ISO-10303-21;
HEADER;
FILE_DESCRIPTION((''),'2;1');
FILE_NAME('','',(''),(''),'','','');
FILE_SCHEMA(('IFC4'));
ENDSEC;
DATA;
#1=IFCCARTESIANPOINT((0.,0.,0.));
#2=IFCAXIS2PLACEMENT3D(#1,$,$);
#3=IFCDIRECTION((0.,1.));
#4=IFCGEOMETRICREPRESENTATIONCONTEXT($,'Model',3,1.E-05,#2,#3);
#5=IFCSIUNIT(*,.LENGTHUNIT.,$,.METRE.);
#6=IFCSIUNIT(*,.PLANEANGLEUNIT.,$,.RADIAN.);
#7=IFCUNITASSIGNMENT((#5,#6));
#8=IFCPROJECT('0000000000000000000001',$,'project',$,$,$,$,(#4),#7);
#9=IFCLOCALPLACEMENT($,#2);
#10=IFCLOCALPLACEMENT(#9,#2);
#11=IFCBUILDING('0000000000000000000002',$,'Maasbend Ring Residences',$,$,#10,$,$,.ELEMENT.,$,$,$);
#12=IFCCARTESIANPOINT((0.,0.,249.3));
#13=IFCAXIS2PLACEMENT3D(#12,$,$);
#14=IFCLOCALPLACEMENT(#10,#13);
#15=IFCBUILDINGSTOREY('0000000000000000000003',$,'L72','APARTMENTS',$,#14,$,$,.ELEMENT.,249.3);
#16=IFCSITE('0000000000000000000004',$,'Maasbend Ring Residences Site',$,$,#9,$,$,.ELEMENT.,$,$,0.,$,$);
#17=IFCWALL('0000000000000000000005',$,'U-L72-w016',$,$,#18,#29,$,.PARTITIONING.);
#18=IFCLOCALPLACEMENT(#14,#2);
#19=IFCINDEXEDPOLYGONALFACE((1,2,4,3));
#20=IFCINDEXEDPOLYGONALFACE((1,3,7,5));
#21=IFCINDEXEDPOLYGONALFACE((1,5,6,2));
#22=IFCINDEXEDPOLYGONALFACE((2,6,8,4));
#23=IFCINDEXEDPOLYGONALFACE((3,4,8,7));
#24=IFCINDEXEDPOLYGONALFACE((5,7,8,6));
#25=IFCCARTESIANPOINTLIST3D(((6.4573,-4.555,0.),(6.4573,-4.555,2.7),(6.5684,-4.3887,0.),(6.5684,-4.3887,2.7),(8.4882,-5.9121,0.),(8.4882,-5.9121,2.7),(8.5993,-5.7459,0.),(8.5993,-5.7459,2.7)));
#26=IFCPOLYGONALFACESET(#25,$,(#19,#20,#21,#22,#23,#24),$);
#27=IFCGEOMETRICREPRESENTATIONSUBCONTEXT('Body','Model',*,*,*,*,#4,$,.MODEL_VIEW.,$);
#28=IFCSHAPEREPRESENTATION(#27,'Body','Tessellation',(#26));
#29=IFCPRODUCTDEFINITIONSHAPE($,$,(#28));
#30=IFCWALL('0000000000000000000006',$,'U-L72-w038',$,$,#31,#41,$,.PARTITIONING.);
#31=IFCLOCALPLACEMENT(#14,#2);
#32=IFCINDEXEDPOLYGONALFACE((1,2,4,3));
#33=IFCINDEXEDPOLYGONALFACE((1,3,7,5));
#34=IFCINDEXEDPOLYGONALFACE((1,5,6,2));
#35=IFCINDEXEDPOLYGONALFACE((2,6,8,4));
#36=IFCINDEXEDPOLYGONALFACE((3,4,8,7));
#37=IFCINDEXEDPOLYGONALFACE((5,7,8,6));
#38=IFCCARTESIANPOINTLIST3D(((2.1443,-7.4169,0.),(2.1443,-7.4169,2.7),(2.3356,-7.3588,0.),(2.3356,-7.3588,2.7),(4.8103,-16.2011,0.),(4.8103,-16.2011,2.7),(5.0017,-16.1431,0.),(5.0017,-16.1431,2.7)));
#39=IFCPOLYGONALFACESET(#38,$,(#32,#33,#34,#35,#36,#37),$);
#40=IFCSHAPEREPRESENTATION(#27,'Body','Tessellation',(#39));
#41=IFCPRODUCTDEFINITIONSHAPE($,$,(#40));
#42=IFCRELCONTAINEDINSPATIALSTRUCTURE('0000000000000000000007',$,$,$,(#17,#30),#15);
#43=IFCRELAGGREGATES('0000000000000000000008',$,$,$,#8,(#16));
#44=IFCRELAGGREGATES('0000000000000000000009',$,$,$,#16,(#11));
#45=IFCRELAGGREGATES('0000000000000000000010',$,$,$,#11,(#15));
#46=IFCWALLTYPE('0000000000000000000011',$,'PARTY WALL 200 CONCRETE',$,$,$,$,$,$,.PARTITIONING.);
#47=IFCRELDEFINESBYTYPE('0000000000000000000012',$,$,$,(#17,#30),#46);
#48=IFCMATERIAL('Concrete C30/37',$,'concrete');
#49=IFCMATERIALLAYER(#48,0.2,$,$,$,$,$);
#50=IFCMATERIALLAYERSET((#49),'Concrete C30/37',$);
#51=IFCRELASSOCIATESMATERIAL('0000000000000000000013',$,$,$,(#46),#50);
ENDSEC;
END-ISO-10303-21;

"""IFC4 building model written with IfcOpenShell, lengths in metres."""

from ifc_helpers import new_model, si_unit, direction, frame, frame_2d, origin, place, context, subcontext, project, spatial, rectangle, extrude, material, layer, layer_set, type_object, element, save


model = new_model("IFC4")

# Units and contexts
model_context = context("Model", 3, precision=1e-05, world=origin(), true_north=direction((0.0, 1.0)))
body_context = subcontext(model_context, "Body", "Model", "MODEL_VIEW")
ifc_project = project(units=[si_unit("LENGTHUNIT", "METRE"), si_unit("PLANEANGLEUNIT", "RADIAN")], contexts=[model_context])

# Site, building, storey
site_placement = place(None, origin())
site = spatial("IfcSite", under=ifc_project, at=site_placement, Name="Maasbend Ring Residences Site", CompositionType="ELEMENT", RefElevation=0.0)
building_placement = place(site_placement, origin())
building = spatial("IfcBuilding", under=site, at=building_placement, Name="Maasbend Ring Residences", CompositionType="ELEMENT")
storey_placement = place(building_placement, frame((0.0, 0.0, 249.3)))
storey = spatial("IfcBuildingStorey", under=building, at=storey_placement, Name="L72", Description="APARTMENTS", CompositionType="ELEMENT", Elevation=249.3)

# Walls
ifc_material_1 = material(Name="Concrete C30/37", Category="concrete")
ifc_layer_1 = layer(ifc_material_1, 0.2)
ifc_layer_set_1 = layer_set([ifc_layer_1], Name="Concrete C30/37")
wall_type_1 = type_object("IfcWallType", Name="PARTY WALL 200 CONCRETE", PredefinedType="PARTITIONING", material=ifc_layer_set_1)
wall_1_placement = place(storey_placement, frame((6.5129, -4.4719, 0.0), z_axis=(0.0, 0.0, 1.0), x_axis=(0.83145, -0.555599, 0.0)))
element("IfcWall", 1, at=wall_1_placement, inside=storey, type_object=wall_type_1, Name="U-L72-w016", PredefinedType="PARTITIONING", context=body_context, shape_type="SweptSolid", body=[
    extrude(rectangle(XDim=2.4426, YDim=0.2, at=frame_2d((1.2212, 0.0))), origin(), (0.0, 0.0, 1.0), 2.7),
])
wall_2_placement = place(storey_placement, frame((2.24, -7.3879, 0.0), z_axis=(0.0, 0.0, 1.0), x_axis=(0.290421, -0.956899, 0.0)))
element("IfcWall", 2, at=wall_2_placement, inside=storey, type_object=wall_type_1, Name="U-L72-w038", PredefinedType="PARTITIONING", context=body_context, shape_type="SweptSolid", body=[
    extrude(rectangle(XDim=9.1799, YDim=0.2, at=frame_2d((4.5898, 0.0))), origin(), (0.0, 0.0, 1.0), 2.7),
])

save(model, "model.ifc")
